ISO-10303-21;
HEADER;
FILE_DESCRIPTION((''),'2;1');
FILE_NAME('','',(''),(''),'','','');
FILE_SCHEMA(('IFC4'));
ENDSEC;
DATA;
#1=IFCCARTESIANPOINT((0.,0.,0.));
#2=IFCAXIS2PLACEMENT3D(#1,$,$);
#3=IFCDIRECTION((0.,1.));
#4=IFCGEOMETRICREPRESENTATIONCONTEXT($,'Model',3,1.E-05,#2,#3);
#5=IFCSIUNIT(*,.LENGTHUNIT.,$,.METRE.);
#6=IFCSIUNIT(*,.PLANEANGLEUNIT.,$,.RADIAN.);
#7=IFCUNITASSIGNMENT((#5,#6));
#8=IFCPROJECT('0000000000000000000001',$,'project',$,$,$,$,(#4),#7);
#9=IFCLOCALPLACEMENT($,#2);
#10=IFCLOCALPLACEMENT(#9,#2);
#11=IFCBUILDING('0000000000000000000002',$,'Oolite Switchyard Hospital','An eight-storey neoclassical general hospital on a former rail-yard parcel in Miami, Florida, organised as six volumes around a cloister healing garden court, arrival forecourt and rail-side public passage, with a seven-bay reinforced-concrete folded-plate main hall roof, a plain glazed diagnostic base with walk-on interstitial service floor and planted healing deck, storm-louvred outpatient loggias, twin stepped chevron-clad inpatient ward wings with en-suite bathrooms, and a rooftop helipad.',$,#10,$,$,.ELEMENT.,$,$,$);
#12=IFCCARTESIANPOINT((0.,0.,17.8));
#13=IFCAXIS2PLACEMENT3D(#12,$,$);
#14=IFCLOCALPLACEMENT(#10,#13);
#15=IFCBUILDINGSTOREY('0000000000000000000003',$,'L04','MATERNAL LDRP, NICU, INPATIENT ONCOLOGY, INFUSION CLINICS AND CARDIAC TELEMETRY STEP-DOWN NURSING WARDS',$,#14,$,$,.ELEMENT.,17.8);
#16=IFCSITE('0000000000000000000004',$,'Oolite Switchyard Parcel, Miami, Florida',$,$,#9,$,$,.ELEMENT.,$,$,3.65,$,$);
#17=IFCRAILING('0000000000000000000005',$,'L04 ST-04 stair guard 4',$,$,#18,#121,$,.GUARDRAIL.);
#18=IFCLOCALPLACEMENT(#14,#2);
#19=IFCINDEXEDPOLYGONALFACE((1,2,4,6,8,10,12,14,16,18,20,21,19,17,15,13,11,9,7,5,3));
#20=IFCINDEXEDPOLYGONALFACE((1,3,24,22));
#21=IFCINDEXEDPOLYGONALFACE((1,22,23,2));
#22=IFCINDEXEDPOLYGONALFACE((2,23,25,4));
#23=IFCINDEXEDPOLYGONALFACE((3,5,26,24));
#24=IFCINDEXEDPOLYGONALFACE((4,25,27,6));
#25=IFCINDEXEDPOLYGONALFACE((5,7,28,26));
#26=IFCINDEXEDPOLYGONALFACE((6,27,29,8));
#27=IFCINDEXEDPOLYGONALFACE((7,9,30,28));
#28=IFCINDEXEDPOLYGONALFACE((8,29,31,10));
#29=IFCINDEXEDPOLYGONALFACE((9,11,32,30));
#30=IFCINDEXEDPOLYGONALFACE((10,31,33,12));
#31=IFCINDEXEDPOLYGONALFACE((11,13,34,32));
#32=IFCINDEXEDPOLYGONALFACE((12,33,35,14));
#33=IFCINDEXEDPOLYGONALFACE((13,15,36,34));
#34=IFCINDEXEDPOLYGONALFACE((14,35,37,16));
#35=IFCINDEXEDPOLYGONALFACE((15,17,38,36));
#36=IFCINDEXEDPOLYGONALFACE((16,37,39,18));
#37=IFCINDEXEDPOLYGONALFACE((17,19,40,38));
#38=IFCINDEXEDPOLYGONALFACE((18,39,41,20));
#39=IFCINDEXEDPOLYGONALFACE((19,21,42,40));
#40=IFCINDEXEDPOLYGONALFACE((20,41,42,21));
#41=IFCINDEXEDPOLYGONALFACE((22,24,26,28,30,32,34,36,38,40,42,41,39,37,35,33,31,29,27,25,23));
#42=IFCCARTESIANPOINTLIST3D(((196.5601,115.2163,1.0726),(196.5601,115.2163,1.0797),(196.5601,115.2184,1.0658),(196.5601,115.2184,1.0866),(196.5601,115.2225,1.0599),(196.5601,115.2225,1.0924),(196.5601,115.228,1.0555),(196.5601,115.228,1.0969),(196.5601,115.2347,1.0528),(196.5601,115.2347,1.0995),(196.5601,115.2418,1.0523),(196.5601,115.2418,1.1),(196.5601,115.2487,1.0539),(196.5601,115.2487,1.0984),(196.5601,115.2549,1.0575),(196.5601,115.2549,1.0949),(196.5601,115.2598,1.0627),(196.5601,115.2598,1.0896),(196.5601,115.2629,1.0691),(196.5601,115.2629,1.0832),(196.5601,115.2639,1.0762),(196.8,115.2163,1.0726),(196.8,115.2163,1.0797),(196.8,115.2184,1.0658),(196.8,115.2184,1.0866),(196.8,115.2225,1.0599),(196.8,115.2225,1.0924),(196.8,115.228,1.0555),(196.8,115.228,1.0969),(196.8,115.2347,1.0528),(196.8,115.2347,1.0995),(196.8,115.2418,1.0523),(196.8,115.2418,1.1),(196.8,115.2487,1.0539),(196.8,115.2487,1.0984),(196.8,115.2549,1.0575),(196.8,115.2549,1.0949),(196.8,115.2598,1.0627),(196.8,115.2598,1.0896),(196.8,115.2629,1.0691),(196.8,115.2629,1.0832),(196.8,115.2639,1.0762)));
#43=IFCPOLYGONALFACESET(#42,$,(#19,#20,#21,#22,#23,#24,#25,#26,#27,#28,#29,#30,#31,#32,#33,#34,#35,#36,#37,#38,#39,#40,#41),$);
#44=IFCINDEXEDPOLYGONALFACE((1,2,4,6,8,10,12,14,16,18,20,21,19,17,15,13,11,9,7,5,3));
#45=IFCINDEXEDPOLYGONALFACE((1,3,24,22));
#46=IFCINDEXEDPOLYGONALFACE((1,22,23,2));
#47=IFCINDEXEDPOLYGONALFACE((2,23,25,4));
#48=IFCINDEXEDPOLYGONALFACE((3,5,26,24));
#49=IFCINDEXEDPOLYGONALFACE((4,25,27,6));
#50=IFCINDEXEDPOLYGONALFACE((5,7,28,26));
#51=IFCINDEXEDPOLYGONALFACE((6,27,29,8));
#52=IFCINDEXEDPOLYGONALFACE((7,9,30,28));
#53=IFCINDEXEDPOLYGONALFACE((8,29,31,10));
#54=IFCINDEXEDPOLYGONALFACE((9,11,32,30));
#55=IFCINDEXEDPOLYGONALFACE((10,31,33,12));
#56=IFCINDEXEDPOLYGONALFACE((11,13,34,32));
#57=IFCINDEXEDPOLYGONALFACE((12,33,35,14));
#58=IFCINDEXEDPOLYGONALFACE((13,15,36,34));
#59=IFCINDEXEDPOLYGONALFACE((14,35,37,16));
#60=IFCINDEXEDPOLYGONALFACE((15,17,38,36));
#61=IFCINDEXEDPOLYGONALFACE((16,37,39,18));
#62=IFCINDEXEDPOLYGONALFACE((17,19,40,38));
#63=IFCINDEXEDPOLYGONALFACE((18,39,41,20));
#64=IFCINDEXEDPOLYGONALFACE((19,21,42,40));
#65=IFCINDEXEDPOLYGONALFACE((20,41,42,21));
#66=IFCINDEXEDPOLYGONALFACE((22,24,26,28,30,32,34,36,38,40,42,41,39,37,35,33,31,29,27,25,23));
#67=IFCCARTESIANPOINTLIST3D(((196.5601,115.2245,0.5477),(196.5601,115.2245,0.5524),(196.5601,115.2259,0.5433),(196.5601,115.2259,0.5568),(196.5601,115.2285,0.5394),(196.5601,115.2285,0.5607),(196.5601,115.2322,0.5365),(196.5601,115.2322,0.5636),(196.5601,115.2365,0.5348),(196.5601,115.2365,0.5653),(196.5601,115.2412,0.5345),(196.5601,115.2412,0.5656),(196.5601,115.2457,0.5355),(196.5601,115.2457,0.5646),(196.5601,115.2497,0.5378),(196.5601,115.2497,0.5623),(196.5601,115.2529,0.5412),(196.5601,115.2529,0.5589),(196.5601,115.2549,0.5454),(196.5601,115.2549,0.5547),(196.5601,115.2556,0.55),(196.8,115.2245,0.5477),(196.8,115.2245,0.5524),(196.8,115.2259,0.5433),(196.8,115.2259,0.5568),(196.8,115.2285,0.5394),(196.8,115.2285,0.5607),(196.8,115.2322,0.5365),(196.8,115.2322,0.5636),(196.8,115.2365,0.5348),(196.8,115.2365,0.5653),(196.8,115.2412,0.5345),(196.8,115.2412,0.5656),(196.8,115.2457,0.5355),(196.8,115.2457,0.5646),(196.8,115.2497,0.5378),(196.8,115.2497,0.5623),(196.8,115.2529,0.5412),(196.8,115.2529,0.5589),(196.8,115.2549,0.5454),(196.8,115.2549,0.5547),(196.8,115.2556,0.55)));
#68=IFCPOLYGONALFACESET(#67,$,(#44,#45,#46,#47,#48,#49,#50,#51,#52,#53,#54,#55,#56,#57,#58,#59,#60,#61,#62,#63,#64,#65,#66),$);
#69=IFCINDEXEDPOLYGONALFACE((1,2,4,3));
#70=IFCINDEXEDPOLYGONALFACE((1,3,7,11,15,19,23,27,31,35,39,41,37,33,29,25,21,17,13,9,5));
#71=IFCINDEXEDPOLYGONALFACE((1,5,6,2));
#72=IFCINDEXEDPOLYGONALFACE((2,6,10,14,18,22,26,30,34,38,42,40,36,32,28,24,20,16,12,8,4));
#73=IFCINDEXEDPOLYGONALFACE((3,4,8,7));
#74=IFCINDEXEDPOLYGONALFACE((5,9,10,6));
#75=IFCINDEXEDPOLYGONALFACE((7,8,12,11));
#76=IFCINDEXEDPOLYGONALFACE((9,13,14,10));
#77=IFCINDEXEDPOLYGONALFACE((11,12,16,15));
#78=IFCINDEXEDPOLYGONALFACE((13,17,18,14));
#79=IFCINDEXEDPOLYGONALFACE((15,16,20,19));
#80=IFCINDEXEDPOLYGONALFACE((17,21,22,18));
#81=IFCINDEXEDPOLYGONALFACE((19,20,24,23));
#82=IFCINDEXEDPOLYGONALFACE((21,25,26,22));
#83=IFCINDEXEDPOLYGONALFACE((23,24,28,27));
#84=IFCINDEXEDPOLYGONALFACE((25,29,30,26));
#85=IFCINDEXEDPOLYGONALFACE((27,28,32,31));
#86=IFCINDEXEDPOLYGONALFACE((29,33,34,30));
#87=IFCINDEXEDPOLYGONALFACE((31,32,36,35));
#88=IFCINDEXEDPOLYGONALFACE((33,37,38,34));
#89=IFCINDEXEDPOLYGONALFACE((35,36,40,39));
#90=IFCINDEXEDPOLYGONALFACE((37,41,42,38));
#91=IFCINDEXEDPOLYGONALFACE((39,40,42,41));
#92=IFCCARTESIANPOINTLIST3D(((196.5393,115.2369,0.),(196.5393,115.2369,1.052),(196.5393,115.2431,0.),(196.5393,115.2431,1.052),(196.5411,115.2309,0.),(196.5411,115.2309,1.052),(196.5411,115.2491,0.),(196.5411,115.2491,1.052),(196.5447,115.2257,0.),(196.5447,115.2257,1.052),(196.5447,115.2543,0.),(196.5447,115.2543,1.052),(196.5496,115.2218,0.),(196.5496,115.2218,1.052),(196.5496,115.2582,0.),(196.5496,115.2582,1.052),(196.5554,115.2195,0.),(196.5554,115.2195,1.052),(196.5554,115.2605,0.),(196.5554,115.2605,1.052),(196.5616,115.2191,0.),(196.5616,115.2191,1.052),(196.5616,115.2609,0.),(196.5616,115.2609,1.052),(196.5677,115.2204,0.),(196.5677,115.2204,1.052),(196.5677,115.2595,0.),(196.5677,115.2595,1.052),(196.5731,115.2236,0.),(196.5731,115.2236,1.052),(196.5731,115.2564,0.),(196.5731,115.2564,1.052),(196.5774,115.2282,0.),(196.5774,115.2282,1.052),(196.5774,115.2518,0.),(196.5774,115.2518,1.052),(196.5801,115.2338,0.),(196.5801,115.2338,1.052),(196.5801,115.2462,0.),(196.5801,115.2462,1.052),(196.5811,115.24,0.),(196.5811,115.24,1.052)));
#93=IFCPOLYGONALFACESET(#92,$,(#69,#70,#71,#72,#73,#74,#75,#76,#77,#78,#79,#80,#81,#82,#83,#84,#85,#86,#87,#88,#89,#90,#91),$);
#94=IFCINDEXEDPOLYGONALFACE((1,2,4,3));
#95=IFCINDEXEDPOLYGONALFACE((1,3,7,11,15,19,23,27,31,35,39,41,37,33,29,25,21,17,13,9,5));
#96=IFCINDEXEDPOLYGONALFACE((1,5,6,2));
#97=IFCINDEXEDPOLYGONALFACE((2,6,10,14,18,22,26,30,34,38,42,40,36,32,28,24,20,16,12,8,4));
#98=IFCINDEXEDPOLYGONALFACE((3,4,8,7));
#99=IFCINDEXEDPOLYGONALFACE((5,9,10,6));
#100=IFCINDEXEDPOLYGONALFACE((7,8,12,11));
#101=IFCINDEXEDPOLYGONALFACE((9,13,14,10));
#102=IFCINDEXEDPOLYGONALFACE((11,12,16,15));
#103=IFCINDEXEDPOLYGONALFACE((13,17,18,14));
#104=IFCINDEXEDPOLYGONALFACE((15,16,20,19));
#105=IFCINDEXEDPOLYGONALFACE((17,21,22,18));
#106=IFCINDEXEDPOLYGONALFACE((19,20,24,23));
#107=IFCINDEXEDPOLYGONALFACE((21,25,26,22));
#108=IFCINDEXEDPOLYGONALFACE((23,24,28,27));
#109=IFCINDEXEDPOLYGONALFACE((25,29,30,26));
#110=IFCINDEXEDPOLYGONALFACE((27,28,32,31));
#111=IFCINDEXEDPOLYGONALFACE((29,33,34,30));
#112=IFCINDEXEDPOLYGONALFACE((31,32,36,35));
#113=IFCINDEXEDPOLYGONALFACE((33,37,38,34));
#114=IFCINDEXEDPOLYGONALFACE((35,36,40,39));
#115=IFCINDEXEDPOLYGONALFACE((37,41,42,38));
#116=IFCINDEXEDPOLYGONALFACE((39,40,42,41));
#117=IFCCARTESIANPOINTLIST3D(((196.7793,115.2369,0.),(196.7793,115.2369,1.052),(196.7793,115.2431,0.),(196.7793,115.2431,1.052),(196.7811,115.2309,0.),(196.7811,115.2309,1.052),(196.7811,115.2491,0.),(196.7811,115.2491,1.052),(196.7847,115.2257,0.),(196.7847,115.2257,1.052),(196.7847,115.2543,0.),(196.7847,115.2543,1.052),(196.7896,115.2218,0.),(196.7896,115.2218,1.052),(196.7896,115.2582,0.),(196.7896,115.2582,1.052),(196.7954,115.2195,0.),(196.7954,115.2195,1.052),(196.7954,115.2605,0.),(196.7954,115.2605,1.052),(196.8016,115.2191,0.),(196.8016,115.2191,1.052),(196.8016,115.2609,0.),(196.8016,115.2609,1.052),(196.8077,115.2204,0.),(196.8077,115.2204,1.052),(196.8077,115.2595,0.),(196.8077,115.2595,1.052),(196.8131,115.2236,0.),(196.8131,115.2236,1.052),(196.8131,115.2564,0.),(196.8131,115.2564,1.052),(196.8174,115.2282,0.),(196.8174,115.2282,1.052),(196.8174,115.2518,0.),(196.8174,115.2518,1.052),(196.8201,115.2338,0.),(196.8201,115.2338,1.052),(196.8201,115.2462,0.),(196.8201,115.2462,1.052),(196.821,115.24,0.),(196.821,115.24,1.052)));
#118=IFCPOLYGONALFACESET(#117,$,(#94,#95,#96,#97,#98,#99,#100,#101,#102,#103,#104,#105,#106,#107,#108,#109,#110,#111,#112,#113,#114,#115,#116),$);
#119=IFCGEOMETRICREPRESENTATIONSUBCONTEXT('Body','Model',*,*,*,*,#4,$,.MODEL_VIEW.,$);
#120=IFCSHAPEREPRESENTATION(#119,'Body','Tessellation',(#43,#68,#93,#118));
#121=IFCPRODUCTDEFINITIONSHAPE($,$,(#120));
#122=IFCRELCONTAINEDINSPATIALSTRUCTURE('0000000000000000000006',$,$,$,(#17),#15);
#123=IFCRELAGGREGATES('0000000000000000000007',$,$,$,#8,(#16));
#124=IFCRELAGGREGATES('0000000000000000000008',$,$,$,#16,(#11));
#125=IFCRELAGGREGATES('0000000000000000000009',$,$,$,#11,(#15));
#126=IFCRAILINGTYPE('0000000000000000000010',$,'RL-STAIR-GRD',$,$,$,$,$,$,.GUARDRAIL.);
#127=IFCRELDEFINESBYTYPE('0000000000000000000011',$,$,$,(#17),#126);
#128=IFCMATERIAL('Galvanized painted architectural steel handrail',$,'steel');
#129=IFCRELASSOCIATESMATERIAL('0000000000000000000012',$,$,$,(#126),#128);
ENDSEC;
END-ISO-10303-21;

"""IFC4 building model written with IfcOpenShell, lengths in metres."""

from ifc_helpers import new_model, si_unit, direction, frame, origin, origin_2d, place, context, subcontext, project, spatial, circle, extrude, material, type_object, element, save


model = new_model("IFC4")

# Units and contexts
model_context = context("Model", 3, precision=1e-05, world=origin(), true_north=direction((0.0, 1.0)))
body_context = subcontext(model_context, "Body", "Model", "MODEL_VIEW")
ifc_project = project(units=[si_unit("LENGTHUNIT", "METRE"), si_unit("PLANEANGLEUNIT", "RADIAN")], contexts=[model_context])

# Site, building, storey
site_placement = place(None, origin())
site = spatial("IfcSite", under=ifc_project, at=site_placement, Name="Oolite Switchyard Parcel, Miami, Florida", CompositionType="ELEMENT", RefElevation=3.65)
building_placement = place(site_placement, origin())
building = spatial("IfcBuilding", under=site, at=building_placement, Name="Oolite Switchyard Hospital", Description="An eight-storey neoclassical general hospital on a former rail-yard parcel in Miami, Florida, organised as six volumes around a cloister healing garden court, arrival forecourt and rail-side public passage, with a seven-bay reinforced-concrete folded-plate main hall roof, a plain glazed diagnostic base with walk-on interstitial service floor and planted healing deck, storm-louvred outpatient loggias, twin stepped chevron-clad inpatient ward wings with en-suite bathrooms, and a rooftop helipad.", CompositionType="ELEMENT")
storey_placement = place(building_placement, frame((0.0, 0.0, 17.8)))
storey = spatial("IfcBuildingStorey", under=building, at=storey_placement, Name="L04", Description="MATERNAL LDRP, NICU, INPATIENT ONCOLOGY, INFUSION CLINICS AND CARDIAC TELEMETRY STEP-DOWN NURSING WARDS", CompositionType="ELEMENT", Elevation=17.8)

# Railing
ifc_material_1 = material(Name="Galvanized painted architectural steel handrail", Category="steel")
railing_type_1 = type_object("IfcRailingType", Name="RL-STAIR-GRD", PredefinedType="GUARDRAIL", material=ifc_material_1)
railing_1_placement = place(storey_placement, frame((196.5601, 115.24, 0.0)))
element("IfcRailing", 1, at=railing_1_placement, inside=storey, type_object=railing_type_1, Name="L04 ST-04 stair guard 4", PredefinedType="GUARDRAIL", context=body_context, shape_type="SweptSolid", body=[
    extrude(circle(Radius=0.0239, at=origin_2d()), frame((0.0, 0.0, 1.0762), z_axis=(1.0, 0.0, 0.0), x_axis=(0.0, 1.0, 0.0)), (0.0, 0.0, 1.0), 0.24),
    extrude(circle(Radius=0.0156, at=origin_2d()), frame((0.0, 0.0, 0.55), z_axis=(1.0, 0.0, 0.0), x_axis=(0.0, 1.0, 0.0)), (0.0, 0.0, 1.0), 0.24),
    extrude(circle(Radius=0.021, at=origin_2d()), origin(), (0.0, 0.0, 1.0), 1.052),
    extrude(circle(Radius=0.021, at=origin_2d()), frame((0.24, 0.0, 0.0)), (0.0, 0.0, 1.0), 1.052),
])

save(model, "model.ifc")
